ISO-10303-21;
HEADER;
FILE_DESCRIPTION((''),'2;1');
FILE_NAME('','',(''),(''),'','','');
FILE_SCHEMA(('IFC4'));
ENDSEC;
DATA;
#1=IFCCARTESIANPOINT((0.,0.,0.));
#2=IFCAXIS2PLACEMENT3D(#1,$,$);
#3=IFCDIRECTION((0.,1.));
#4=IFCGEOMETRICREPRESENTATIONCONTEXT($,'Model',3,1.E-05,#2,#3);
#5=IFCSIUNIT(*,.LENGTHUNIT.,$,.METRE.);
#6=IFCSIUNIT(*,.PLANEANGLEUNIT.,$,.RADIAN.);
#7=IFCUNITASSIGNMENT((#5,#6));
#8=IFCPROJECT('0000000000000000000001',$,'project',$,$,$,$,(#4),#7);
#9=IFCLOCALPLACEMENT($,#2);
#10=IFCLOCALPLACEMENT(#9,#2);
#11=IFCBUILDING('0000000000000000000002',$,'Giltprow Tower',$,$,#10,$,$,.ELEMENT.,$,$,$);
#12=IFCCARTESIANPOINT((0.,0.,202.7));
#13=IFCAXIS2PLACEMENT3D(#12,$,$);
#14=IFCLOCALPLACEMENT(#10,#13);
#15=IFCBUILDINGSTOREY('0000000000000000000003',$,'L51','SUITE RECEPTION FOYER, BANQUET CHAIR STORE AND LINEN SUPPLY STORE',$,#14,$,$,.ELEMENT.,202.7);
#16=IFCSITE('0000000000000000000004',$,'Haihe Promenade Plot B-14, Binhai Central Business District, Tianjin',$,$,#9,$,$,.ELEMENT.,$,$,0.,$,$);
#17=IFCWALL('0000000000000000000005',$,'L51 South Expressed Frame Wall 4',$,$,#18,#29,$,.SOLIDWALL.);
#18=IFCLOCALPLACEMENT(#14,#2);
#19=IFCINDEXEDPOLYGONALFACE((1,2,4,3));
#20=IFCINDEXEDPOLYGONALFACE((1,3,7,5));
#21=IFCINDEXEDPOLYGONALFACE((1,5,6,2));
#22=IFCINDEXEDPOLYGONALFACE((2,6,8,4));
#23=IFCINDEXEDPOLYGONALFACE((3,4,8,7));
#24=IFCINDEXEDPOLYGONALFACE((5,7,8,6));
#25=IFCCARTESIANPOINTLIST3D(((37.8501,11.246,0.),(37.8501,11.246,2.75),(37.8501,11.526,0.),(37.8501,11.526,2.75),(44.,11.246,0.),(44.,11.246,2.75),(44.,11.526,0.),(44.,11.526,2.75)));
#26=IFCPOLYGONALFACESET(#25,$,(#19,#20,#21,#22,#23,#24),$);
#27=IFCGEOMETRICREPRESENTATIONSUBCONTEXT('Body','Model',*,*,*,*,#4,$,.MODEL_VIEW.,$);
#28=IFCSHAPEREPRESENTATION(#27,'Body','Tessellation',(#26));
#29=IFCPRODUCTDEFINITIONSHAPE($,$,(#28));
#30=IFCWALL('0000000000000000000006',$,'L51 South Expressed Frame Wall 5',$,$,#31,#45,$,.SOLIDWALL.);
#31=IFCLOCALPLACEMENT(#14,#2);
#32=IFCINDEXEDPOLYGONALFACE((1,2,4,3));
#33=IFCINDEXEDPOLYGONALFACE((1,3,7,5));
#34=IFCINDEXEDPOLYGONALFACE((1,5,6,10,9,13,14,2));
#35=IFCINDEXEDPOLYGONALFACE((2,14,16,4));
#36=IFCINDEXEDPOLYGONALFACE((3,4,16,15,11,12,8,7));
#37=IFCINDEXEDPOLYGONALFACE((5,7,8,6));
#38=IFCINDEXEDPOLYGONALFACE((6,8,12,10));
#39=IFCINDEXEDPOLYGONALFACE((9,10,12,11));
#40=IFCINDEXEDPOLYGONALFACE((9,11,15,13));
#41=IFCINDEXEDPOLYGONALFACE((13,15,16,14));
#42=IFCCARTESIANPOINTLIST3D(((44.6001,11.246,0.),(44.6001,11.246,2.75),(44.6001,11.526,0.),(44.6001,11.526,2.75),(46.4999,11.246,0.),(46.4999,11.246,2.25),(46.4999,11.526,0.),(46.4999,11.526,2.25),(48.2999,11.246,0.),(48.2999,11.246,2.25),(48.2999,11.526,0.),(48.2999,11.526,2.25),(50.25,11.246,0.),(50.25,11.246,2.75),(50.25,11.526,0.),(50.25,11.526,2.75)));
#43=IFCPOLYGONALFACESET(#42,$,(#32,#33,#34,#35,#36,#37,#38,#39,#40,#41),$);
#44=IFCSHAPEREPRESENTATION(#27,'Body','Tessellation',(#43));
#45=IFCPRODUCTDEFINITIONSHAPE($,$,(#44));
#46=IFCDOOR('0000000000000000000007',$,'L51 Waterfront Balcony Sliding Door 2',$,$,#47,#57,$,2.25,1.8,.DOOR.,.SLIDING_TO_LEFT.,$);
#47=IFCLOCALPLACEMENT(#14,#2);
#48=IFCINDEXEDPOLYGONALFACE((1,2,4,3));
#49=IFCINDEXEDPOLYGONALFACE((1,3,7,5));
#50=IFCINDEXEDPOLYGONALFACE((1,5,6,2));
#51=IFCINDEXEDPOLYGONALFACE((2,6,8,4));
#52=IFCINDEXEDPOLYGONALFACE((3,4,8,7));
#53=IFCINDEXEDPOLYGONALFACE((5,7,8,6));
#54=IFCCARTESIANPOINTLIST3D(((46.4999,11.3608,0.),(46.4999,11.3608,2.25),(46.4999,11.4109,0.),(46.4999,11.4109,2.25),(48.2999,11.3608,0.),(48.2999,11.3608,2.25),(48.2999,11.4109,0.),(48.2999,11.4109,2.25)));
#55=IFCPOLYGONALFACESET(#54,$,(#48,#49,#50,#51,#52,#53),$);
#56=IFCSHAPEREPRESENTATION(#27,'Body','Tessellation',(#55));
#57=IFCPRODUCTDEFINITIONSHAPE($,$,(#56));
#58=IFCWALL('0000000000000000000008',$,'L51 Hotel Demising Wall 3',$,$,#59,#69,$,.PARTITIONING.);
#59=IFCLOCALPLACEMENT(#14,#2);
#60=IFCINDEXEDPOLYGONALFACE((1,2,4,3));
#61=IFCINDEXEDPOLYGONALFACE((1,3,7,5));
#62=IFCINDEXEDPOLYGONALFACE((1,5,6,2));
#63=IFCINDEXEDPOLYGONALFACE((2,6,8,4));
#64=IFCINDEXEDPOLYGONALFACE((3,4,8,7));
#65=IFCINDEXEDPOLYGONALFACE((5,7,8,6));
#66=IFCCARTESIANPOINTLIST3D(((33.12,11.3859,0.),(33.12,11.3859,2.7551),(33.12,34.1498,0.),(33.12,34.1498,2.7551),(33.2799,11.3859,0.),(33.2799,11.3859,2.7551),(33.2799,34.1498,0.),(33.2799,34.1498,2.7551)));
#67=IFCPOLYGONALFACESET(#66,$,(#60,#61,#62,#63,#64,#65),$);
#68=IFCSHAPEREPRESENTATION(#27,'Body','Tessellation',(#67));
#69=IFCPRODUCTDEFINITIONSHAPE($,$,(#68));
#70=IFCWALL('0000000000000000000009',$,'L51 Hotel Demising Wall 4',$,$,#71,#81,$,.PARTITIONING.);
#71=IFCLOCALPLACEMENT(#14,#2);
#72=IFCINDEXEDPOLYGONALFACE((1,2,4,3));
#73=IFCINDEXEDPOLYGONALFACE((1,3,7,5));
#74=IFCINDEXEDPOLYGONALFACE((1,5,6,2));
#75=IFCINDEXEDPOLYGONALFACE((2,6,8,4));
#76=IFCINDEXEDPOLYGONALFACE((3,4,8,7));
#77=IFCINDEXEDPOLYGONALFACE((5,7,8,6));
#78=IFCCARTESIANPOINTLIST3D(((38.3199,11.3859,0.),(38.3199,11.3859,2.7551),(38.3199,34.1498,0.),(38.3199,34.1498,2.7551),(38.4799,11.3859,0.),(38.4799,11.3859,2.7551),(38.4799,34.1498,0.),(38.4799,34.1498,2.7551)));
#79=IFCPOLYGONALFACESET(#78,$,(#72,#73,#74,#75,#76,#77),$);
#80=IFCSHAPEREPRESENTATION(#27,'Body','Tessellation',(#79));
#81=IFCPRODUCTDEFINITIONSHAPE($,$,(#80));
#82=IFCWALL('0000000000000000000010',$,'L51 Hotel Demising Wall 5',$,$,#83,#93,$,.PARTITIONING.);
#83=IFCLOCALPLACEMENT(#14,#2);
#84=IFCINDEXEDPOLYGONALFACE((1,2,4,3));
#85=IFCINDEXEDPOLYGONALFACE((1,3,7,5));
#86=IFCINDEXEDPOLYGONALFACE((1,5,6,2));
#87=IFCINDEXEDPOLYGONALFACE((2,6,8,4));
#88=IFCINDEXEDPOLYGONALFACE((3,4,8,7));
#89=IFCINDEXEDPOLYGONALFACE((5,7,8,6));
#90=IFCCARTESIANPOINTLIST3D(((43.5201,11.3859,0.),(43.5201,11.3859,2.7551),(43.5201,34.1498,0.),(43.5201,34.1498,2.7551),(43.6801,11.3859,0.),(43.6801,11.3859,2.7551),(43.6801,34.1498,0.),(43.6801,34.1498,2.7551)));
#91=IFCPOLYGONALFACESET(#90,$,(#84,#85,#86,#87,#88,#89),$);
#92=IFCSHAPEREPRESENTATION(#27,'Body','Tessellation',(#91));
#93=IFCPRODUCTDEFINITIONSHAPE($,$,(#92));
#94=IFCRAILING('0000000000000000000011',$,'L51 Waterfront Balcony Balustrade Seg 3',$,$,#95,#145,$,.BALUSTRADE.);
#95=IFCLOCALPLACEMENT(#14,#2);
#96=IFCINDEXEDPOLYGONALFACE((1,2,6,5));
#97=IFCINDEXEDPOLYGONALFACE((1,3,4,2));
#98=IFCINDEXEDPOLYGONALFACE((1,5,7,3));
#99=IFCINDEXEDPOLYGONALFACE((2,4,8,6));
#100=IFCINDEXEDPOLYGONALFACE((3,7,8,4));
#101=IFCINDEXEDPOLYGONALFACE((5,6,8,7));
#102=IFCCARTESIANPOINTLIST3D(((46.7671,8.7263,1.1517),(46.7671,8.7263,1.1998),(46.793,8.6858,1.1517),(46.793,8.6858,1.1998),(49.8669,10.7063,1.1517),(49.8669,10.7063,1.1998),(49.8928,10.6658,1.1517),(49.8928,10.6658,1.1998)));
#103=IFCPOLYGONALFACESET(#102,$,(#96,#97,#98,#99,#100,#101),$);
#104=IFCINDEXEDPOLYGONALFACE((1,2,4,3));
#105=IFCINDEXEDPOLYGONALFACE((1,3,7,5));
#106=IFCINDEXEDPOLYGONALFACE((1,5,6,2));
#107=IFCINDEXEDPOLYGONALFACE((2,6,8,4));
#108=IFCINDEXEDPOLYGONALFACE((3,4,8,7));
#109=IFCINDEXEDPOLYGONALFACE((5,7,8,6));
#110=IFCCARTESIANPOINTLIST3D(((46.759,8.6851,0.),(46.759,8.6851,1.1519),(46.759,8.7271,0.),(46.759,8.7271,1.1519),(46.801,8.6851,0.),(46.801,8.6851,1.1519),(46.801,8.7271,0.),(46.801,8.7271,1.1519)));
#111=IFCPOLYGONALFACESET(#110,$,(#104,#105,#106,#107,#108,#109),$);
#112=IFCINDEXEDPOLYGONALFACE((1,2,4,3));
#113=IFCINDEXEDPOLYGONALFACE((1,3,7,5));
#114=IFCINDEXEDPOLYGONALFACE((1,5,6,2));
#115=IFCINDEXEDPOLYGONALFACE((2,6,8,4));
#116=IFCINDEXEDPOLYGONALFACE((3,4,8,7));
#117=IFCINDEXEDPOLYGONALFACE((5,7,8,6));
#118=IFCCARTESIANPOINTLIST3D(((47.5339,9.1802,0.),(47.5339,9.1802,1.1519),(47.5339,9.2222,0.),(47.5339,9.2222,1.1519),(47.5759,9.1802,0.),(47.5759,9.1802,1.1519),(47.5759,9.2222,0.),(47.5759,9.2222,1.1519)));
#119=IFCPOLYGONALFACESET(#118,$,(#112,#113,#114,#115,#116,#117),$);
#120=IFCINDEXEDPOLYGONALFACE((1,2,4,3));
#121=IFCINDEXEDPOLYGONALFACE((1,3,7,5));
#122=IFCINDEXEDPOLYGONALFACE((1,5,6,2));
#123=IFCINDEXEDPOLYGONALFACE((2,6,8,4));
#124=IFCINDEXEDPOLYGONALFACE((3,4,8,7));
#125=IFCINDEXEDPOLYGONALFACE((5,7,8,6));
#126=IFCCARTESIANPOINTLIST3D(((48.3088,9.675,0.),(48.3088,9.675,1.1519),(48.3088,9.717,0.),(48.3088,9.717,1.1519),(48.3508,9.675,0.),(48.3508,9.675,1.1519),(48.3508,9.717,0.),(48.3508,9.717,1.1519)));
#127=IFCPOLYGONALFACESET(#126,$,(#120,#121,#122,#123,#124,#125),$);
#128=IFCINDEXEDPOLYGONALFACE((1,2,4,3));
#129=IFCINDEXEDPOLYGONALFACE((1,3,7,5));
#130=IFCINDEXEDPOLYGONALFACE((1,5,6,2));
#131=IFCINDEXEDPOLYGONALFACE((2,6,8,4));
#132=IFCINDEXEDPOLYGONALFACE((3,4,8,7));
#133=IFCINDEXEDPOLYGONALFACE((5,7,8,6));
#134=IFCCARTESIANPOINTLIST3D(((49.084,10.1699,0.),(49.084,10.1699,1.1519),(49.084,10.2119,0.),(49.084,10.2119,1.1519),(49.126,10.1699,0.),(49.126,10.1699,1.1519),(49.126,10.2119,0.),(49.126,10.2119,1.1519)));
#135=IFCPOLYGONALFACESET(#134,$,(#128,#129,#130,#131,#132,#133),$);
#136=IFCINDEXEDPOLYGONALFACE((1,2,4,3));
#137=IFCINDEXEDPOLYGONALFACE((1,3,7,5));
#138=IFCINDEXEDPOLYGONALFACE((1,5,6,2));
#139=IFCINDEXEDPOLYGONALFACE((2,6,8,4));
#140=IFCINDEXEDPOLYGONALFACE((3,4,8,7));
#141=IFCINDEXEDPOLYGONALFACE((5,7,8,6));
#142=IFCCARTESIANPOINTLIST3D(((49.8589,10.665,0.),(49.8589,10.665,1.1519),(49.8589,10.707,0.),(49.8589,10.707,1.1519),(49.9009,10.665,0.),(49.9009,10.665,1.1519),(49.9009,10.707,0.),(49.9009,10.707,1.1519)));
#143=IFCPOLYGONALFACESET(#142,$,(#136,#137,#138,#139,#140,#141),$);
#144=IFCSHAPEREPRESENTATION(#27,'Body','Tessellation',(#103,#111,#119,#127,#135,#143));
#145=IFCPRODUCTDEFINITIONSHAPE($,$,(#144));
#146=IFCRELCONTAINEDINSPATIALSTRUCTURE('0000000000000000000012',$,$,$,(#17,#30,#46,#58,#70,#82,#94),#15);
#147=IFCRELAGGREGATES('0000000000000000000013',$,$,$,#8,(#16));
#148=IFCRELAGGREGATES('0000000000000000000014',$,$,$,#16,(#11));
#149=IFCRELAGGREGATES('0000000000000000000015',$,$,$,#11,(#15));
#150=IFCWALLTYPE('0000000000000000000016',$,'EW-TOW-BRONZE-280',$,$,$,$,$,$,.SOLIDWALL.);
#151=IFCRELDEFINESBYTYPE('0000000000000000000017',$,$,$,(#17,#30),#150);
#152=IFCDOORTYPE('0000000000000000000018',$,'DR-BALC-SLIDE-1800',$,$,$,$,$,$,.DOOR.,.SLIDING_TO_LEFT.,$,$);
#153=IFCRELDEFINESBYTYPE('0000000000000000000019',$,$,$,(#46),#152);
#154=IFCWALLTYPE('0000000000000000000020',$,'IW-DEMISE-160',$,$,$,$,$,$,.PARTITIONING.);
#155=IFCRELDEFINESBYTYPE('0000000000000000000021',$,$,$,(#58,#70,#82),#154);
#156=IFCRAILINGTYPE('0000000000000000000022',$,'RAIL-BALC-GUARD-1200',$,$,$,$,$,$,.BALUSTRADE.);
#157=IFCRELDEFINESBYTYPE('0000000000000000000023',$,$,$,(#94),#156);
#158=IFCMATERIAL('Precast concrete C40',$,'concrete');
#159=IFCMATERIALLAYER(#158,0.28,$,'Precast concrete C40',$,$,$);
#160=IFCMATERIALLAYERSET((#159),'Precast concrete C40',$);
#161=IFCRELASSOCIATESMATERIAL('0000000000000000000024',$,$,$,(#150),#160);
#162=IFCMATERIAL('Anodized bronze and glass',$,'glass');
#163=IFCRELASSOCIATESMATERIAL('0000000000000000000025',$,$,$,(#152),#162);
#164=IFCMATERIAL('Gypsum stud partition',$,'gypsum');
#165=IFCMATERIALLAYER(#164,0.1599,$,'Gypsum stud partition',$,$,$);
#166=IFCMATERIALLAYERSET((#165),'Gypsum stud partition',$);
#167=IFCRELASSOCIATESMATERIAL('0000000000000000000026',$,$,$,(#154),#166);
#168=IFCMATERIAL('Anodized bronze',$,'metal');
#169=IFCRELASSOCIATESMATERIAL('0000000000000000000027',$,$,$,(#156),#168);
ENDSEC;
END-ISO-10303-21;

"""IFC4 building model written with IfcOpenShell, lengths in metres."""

from ifc_helpers import new_model, si_unit, direction, frame, frame_2d, origin, origin_2d, place, context, subcontext, project, spatial, rectangle, extrude, source, transform, mapped, material, layer, layer_set, type_object, element, fill, save


model = new_model("IFC4")

# Units and contexts
model_context = context("Model", 3, precision=1e-05, world=origin(), true_north=direction((0.0, 1.0)))
body_context = subcontext(model_context, "Body", "Model", "MODEL_VIEW")
ifc_project = project(units=[si_unit("LENGTHUNIT", "METRE"), si_unit("PLANEANGLEUNIT", "RADIAN")], contexts=[model_context])

# Site, building, storey
site_placement = place(None, origin())
site = spatial("IfcSite", under=ifc_project, at=site_placement, Name="Haihe Promenade Plot B-14, Binhai Central Business District, Tianjin", CompositionType="ELEMENT", RefElevation=0.0)
building_placement = place(site_placement, origin())
building = spatial("IfcBuilding", under=site, at=building_placement, Name="Giltprow Tower", CompositionType="ELEMENT")
storey_placement = place(building_placement, frame((0.0, 0.0, 202.7)))
storey = spatial("IfcBuildingStorey", under=building, at=storey_placement, Name="L51", Description="SUITE RECEPTION FOYER, BANQUET CHAIR STORE AND LINEN SUPPLY STORE", CompositionType="ELEMENT", Elevation=202.7)

# Shared definitions
ifc_material_1 = material(Name="Anodized bronze", Category="metal")

# Wall
ifc_material_2 = material(Name="Precast concrete C40", Category="concrete")
ifc_layer_1 = layer(ifc_material_2, 0.28, Name="Precast concrete C40")
ifc_layer_set_1 = layer_set([ifc_layer_1], Name="Precast concrete C40")
wall_type_1 = type_object("IfcWallType", Name="EW-TOW-BRONZE-280", PredefinedType="SOLIDWALL", material=ifc_layer_set_1)
wall_1_placement = place(storey_placement, frame((37.8501, 11.386, 0.0), z_axis=(0.0, 0.0, 1.0), x_axis=(1.0, 0.0, 0.0)))
element("IfcWall", 1, at=wall_1_placement, inside=storey, type_object=wall_type_1, Name="L51 South Expressed Frame Wall 4", PredefinedType="SOLIDWALL", context=body_context, shape_type="SweptSolid", body=[
    extrude(rectangle(XDim=6.1499, YDim=0.28, at=frame_2d((3.075, 0.0))), origin(), (0.0, 0.0, 1.0), 2.75),
])

# Wall, opening, door
wall_2_placement = place(storey_placement, frame((44.6001, 11.386, 0.0), z_axis=(0.0, 0.0, 1.0), x_axis=(1.0, 0.0, 0.0)))
wall_2 = element("IfcWall", 2, at=wall_2_placement, inside=storey, type_object=wall_type_1, Name="L51 South Expressed Frame Wall 5", PredefinedType="SOLIDWALL", context=body_context, shape_type="SweptSolid", body=[
    extrude(rectangle(XDim=5.6499, YDim=0.28, at=frame_2d((2.825, 0.0))), origin(), (0.0, 0.0, 1.0), 2.75),
])
opening_placement = place(wall_2_placement, frame((1.8999, 0.0, 0.0)))
opening = element("IfcOpeningElement", 3, at=opening_placement, cuts=wall_2, PredefinedType="OPENING", context=body_context, shape_type="SweptSolid", body=[
    extrude(rectangle(XDim=1.8, YDim=2.25, at=frame_2d((0.8999, 1.125))), frame((0.0, 0.1499, 0.0), z_axis=(0.0, -1.0, 0.0), x_axis=(1.0, 0.0, 0.0)), (0.0, 0.0, 1.0), 0.3),
])
ifc_material_3 = material(Name="Anodized bronze and glass", Category="glass")
door_type = type_object("IfcDoorType", Name="DR-BALC-SLIDE-1800", OperationType="SLIDING_TO_LEFT", PredefinedType="DOOR", material=ifc_material_3)
shared_shape_1 = source(origin(), body_context, "Body", "SweptSolid", [
    extrude(rectangle(XDim=1.8, YDim=2.25, at=frame_2d((0.8999, 1.125))), frame((0.0, 0.0249, 0.0), z_axis=(0.0, -1.0, 0.0), x_axis=(1.0, 0.0, 0.0)), (0.0, 0.0, 1.0), 0.05),
])
door_placement = place(opening_placement, origin())
door = element("IfcDoor", 4, at=door_placement, inside=storey, type_object=door_type, Name="L51 Waterfront Balcony Sliding Door 2", OperationType="SLIDING_TO_LEFT", OverallHeight=2.25, OverallWidth=1.8, PredefinedType="DOOR", context=body_context, shape_type="MappedRepresentation", body=[
    mapped(shared_shape_1, transform((0.0, 0.0, 0.0), x_axis=(1.0, 0.0, 0.0), y_axis=(0.0, 1.0, 0.0), z_axis=(0.0, 0.0, 1.0), scale=1.0)),
])
fill(opening, door)

# Walls
ifc_material_4 = material(Name="Gypsum stud partition", Category="gypsum")
ifc_layer_2 = layer(ifc_material_4, 0.1599, Name="Gypsum stud partition")
ifc_layer_set_2 = layer_set([ifc_layer_2], Name="Gypsum stud partition")
wall_type_2 = type_object("IfcWallType", Name="IW-DEMISE-160", PredefinedType="PARTITIONING", material=ifc_layer_set_2)
for number, where, z_axis, x_axis, name in (
    (5, (33.2, 11.386, 0.0), (0.0, 0.0, 1.0), (0.0, 1.0, 0.0), "L51 Hotel Demising Wall 3"),
    (6, (38.3999, 11.386, 0.0), (0.0, 0.0, 1.0), (0.0, 1.0, 0.0), "L51 Hotel Demising Wall 4"),
    (7, (43.6001, 11.386, 0.0), (0.0, 0.0, 1.0), (0.0, 1.0, 0.0), "L51 Hotel Demising Wall 5"),
):
    element("IfcWall", number, at=place(storey_placement, frame(where, z_axis=z_axis, x_axis=x_axis)), inside=storey, type_object=wall_type_2, Name=name, PredefinedType="PARTITIONING", context=body_context, shape_type="SweptSolid", body=[
        extrude(rectangle(XDim=22.7639, YDim=0.1599, at=frame_2d((11.3818, 0.0))), origin(), (0.0, 0.0, 1.0), 2.7551),
    ])

# Railing
railing_type = type_object("IfcRailingType", Name="RAIL-BALC-GUARD-1200", PredefinedType="BALUSTRADE", material=ifc_material_1)
railing_1_placement = place(storey_placement, frame((46.78, 8.7061, 0.0)))
element("IfcRailing", 8, at=railing_1_placement, inside=storey, type_object=railing_type, Name="L51 Waterfront Balcony Balustrade Seg 3", PredefinedType="BALUSTRADE", context=body_context, shape_type="SweptSolid", body=[
    extrude(rectangle(XDim=0.0481, YDim=0.0481, at=origin_2d()), frame((0.0, 0.0, 1.1758), z_axis=(0.842756, 0.538296, 0.0), x_axis=(-0.538296, 0.842756, 0.0)), (0.0, 0.0, 1.0), 3.6782),
    extrude(rectangle(XDim=0.042, YDim=0.042, at=origin_2d()), origin(), (0.0, 0.0, 1.0), 1.1519),
    extrude(rectangle(XDim=0.042, YDim=0.042, at=origin_2d()), frame((0.7749, 0.4951, 0.0)), (0.0, 0.0, 1.0), 1.1519),
    extrude(rectangle(XDim=0.042, YDim=0.042, at=origin_2d()), frame((1.5498, 0.99, 0.0)), (0.0, 0.0, 1.0), 1.1519),
    extrude(rectangle(XDim=0.042, YDim=0.042, at=origin_2d()), frame((2.325, 1.4849, 0.0)), (0.0, 0.0, 1.0), 1.1519),
    extrude(rectangle(XDim=0.042, YDim=0.042, at=origin_2d()), frame((3.0999, 1.98, 0.0)), (0.0, 0.0, 1.0), 1.1519),
])

save(model, "model.ifc")
